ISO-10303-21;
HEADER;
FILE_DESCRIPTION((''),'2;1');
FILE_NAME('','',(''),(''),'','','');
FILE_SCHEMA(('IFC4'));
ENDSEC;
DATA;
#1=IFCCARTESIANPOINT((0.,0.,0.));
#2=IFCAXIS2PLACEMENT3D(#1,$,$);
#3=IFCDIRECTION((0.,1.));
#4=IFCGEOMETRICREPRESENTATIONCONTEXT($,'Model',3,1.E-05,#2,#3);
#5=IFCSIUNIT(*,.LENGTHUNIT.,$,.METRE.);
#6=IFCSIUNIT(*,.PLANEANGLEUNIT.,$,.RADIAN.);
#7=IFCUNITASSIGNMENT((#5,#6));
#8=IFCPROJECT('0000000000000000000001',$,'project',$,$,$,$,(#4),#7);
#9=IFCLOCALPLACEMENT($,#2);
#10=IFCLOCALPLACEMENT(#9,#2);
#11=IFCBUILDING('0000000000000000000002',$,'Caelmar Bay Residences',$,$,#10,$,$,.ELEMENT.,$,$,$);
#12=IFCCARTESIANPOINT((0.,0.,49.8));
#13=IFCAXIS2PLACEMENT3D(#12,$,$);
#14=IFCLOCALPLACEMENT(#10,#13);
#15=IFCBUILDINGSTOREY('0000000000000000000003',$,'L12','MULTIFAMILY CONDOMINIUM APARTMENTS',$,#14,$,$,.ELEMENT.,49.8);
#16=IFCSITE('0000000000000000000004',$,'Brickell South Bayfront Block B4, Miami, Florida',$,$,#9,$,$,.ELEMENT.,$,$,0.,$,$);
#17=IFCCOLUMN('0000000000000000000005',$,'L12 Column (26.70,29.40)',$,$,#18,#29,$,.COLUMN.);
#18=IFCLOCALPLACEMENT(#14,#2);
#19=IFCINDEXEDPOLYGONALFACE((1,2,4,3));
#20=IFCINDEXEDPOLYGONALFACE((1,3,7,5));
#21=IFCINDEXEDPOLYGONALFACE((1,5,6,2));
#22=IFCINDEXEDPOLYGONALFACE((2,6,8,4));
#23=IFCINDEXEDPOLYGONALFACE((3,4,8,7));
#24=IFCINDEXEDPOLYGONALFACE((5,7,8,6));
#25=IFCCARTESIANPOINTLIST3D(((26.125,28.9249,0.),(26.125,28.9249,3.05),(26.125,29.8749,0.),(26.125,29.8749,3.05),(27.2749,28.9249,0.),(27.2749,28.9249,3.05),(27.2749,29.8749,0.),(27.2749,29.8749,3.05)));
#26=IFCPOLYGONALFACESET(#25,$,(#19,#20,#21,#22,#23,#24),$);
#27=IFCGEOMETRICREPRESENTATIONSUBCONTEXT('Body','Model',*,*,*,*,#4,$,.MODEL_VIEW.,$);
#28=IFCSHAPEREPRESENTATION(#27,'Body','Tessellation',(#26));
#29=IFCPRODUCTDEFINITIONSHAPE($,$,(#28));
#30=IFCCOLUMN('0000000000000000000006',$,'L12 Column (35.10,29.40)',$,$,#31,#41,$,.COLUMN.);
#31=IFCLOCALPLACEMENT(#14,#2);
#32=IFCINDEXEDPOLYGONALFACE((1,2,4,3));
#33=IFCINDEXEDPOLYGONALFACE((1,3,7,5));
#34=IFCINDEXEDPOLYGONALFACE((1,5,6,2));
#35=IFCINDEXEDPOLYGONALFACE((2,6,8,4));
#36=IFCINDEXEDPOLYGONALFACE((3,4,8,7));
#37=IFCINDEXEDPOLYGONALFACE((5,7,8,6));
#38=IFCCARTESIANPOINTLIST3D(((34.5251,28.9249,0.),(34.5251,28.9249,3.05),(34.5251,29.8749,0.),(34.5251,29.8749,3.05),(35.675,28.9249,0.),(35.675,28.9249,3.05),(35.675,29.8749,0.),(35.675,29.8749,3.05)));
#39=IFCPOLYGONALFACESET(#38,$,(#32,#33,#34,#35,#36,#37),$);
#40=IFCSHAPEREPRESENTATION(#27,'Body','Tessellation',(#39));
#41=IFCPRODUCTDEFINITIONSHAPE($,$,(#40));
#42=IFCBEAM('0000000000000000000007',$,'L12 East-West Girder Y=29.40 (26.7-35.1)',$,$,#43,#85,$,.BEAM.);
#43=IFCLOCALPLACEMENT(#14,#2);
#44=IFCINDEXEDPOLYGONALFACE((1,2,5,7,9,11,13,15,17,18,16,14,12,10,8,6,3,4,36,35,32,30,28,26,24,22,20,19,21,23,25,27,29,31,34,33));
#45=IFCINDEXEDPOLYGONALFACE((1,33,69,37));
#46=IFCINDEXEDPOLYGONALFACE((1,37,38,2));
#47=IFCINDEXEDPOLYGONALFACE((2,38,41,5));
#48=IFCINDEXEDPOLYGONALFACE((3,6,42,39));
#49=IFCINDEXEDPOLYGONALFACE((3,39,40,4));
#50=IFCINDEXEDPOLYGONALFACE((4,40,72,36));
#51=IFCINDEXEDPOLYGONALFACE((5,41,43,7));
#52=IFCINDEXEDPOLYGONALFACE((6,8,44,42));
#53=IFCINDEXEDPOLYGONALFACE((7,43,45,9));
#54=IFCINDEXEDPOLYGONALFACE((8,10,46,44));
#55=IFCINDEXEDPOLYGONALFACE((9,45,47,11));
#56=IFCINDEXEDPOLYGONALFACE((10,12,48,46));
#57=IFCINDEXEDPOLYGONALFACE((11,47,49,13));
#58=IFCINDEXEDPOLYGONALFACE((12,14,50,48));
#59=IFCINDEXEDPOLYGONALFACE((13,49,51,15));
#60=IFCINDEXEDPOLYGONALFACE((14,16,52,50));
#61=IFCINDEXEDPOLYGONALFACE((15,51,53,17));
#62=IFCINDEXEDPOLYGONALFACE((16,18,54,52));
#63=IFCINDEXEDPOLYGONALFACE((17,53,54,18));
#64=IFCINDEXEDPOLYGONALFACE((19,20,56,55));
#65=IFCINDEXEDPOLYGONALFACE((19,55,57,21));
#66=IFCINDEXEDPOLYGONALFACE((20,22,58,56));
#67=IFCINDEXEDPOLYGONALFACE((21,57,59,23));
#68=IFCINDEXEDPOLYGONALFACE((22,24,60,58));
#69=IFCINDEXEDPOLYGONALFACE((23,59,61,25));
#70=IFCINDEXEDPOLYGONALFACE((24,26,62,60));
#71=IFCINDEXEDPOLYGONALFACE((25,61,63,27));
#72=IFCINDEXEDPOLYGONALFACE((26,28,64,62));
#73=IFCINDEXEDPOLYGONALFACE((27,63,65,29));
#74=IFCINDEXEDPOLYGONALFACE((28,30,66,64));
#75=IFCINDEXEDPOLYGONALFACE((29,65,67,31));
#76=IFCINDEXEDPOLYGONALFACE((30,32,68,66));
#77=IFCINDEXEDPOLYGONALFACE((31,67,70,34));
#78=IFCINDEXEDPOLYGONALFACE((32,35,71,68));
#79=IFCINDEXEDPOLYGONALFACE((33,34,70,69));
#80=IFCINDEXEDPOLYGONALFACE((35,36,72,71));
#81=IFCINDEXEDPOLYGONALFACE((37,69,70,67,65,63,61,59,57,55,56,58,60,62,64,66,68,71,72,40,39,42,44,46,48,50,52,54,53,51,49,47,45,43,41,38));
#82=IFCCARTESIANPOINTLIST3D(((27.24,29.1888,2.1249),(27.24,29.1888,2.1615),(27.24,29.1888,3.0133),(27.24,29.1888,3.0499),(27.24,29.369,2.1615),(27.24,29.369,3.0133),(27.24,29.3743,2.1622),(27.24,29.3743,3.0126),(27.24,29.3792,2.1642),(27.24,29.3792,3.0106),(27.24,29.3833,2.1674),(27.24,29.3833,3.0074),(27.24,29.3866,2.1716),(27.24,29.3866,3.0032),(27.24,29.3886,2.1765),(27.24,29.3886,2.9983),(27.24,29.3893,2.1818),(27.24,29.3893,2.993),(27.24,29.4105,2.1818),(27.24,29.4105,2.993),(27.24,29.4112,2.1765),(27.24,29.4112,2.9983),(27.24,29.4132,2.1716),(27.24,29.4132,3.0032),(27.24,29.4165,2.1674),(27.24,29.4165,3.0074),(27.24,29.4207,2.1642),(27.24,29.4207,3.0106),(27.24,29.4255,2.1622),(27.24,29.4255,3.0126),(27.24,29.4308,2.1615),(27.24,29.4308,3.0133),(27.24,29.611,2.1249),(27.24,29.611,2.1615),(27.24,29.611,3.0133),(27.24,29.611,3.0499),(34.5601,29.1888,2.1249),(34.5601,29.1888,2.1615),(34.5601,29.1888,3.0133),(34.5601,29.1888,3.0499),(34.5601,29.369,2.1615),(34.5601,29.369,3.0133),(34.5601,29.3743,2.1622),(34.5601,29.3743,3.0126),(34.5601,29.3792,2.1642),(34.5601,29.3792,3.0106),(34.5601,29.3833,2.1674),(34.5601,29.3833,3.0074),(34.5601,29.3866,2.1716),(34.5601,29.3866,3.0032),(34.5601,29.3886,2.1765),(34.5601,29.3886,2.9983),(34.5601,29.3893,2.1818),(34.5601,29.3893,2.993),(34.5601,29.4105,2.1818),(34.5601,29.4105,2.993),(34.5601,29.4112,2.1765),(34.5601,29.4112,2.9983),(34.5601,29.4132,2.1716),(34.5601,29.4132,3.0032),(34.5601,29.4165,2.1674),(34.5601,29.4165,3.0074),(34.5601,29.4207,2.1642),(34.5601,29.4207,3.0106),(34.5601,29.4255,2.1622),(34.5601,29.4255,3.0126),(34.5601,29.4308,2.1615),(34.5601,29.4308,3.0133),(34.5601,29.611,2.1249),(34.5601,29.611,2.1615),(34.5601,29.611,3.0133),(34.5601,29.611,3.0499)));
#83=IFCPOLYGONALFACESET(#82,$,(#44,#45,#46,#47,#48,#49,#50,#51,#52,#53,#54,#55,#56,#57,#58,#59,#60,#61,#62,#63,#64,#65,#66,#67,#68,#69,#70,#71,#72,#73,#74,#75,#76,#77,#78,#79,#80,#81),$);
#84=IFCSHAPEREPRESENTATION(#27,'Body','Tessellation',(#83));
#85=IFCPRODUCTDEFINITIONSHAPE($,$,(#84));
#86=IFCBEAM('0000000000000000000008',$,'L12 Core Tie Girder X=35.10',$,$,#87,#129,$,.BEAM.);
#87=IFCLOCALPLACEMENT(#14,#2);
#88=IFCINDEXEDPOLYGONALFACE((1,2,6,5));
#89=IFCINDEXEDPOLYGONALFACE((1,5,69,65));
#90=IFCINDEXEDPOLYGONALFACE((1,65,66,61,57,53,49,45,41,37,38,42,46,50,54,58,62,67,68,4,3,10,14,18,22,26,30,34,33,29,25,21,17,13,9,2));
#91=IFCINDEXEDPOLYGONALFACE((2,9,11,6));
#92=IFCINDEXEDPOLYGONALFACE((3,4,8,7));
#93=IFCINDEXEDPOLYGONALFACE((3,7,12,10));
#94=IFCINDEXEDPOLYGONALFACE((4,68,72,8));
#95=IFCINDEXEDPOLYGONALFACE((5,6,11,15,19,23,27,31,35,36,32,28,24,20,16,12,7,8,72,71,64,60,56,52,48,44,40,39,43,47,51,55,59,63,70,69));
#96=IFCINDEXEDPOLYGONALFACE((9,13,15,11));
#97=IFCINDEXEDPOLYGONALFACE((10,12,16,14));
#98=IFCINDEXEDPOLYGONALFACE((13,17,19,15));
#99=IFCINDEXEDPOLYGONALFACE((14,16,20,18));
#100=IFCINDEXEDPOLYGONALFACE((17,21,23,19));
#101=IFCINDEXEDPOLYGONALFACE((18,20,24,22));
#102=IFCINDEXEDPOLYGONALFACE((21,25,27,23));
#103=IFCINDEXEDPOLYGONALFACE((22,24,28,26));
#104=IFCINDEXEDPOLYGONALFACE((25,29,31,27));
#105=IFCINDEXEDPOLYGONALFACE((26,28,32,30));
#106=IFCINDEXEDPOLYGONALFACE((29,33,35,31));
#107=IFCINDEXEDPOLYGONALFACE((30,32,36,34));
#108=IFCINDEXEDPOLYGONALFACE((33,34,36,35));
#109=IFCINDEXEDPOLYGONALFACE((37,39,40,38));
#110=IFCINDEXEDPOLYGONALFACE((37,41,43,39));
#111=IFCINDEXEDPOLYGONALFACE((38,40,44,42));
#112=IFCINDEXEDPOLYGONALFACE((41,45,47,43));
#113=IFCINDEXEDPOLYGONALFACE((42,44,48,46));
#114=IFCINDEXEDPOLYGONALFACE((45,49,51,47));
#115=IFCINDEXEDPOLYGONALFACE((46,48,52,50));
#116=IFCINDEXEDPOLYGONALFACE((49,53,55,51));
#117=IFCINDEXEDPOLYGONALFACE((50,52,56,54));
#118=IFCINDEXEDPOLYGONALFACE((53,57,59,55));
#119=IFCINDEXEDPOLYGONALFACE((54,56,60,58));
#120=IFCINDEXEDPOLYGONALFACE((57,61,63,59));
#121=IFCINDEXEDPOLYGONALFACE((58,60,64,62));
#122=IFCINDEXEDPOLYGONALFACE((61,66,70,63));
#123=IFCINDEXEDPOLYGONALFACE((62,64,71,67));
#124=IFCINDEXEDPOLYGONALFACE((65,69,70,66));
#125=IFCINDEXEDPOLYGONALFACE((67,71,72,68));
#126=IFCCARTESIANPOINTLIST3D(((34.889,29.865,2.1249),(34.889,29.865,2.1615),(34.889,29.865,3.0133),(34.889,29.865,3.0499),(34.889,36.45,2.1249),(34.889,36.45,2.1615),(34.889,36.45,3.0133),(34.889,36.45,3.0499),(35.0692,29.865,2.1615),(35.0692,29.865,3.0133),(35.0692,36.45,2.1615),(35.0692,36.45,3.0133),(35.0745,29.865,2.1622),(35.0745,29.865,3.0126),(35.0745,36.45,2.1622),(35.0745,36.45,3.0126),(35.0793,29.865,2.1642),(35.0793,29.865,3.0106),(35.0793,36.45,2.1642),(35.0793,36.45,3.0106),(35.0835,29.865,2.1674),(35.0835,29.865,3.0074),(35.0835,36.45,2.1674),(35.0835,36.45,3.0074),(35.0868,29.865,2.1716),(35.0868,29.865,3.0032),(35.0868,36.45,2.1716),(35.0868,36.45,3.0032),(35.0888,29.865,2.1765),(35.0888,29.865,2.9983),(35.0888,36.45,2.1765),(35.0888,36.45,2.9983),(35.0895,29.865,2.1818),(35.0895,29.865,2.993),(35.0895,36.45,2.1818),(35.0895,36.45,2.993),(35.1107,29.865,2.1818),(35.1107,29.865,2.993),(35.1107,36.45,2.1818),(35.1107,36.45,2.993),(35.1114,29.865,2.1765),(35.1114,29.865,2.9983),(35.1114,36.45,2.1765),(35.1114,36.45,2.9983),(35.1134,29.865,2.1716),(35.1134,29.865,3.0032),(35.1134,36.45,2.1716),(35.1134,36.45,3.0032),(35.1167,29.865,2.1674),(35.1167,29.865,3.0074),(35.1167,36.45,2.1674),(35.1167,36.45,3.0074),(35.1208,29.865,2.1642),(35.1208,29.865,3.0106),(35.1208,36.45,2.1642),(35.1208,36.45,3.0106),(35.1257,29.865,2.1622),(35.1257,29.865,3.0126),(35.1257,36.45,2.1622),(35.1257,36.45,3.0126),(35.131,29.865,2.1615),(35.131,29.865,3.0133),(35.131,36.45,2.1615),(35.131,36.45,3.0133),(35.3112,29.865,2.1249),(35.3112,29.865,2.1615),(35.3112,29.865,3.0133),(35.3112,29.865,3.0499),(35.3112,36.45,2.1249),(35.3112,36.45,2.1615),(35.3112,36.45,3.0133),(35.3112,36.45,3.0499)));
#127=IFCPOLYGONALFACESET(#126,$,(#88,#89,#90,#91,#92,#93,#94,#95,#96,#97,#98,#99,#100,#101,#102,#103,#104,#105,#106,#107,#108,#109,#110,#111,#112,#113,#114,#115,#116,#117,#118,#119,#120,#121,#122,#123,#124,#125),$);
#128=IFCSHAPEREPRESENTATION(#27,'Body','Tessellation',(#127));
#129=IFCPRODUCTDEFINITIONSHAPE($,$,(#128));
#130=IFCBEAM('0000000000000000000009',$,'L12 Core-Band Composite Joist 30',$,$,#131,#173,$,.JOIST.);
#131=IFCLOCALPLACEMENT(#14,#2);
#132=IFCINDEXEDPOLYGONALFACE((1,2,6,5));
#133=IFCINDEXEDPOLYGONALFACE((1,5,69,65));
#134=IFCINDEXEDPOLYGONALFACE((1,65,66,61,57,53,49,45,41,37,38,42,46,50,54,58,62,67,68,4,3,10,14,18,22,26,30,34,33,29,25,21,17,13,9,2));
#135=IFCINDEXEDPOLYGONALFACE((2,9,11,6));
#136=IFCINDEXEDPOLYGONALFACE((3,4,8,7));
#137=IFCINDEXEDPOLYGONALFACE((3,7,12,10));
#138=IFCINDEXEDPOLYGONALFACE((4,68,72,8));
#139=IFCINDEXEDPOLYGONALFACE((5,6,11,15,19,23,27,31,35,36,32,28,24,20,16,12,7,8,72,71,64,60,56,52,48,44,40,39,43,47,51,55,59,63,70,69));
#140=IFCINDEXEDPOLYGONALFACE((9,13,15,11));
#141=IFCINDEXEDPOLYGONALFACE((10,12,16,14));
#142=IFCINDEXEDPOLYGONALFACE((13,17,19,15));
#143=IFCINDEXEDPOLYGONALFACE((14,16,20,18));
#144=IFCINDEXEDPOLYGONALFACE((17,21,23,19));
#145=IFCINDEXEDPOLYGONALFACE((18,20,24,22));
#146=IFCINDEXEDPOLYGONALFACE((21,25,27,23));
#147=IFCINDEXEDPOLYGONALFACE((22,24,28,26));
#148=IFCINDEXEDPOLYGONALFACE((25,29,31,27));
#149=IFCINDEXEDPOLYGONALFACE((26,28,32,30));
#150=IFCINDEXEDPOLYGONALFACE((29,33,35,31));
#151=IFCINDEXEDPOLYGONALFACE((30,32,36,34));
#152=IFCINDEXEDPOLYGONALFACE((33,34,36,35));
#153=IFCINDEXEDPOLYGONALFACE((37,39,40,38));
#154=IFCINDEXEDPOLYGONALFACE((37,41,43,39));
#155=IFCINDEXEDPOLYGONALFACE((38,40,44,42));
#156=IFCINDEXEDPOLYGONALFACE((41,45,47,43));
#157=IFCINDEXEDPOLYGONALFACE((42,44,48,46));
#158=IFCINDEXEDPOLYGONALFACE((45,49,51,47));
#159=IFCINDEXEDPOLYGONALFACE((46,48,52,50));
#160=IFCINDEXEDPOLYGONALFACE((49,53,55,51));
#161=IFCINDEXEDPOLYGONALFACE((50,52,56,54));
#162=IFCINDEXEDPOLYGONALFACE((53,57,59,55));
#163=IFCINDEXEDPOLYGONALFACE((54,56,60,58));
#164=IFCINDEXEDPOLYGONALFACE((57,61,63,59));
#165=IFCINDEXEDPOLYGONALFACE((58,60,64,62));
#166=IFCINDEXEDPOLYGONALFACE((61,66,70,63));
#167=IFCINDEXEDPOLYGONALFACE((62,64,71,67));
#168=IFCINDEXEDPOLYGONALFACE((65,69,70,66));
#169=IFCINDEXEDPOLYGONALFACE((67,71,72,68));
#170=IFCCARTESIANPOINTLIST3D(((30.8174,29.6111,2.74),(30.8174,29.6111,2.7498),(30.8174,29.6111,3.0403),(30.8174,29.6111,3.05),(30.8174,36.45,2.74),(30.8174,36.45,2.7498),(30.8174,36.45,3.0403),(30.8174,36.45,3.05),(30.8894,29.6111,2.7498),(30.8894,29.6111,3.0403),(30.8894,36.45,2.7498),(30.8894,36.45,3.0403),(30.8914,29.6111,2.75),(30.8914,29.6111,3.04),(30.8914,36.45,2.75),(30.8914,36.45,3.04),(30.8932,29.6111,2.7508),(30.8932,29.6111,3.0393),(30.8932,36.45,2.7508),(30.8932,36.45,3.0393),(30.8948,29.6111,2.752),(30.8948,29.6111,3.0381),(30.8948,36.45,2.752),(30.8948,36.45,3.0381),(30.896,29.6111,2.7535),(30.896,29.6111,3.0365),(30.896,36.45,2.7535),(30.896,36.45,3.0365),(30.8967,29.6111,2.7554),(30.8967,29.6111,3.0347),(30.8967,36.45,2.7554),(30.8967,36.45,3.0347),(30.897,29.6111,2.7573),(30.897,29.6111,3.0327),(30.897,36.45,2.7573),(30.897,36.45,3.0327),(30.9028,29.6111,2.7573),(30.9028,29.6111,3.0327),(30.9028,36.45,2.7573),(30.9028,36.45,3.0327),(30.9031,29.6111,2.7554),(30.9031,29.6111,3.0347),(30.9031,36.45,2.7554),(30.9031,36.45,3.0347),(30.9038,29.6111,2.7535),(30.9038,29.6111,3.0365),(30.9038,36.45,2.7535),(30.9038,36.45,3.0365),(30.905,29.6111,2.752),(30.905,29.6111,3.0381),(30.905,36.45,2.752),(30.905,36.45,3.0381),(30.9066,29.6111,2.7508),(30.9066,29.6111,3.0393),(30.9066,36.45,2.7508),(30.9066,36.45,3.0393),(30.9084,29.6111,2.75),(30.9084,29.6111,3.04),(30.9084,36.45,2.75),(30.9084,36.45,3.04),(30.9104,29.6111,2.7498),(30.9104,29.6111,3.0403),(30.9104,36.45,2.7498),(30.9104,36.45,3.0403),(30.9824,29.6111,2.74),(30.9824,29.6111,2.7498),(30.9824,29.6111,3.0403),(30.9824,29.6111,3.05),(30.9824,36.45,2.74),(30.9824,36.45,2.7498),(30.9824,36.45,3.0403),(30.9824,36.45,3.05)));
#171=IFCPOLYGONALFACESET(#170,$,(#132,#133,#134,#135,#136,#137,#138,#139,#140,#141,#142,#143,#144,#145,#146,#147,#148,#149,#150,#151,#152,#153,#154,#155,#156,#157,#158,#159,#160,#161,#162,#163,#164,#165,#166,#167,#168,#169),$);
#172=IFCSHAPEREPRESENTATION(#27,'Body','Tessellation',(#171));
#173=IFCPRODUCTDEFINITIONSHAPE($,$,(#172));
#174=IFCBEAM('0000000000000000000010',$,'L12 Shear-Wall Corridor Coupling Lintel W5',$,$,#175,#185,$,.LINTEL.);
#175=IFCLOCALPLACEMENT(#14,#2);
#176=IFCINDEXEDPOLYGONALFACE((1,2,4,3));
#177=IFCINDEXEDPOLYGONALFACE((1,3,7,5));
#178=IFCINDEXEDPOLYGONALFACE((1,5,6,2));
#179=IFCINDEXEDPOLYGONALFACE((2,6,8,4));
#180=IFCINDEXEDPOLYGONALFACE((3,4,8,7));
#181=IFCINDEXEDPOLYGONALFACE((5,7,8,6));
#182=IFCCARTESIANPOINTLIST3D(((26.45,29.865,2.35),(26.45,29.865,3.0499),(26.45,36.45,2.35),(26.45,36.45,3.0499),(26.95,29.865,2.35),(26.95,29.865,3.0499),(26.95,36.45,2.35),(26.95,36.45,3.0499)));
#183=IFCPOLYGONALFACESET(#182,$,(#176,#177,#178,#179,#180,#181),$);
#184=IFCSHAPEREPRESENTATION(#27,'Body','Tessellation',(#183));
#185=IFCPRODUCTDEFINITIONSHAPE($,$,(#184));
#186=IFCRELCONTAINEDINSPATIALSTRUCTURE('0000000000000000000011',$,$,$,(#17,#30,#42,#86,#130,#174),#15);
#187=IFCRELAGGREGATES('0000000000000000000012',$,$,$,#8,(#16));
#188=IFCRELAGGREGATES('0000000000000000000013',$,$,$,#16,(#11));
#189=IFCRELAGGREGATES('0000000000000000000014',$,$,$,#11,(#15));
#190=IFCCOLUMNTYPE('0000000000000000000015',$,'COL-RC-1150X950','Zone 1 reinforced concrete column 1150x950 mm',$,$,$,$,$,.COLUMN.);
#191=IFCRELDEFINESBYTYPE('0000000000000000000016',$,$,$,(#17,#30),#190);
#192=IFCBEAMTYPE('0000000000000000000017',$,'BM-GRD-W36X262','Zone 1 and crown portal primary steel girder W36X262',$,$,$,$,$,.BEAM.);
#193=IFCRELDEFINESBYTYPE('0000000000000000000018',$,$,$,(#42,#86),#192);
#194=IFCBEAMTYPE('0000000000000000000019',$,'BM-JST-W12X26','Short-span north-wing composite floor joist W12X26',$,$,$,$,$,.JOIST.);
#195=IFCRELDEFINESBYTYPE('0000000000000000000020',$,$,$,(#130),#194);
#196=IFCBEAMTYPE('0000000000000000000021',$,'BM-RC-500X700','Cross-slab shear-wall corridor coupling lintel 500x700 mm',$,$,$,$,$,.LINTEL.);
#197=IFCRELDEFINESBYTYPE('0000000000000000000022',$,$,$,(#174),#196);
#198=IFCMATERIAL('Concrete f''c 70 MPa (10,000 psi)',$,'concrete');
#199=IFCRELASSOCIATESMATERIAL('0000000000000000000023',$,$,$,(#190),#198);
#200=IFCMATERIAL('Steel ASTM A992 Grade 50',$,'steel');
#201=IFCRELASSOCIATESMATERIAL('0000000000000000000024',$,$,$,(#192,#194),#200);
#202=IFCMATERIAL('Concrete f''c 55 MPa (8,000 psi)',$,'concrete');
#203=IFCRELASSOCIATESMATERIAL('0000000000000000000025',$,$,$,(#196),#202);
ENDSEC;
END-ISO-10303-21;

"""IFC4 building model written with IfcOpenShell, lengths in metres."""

from ifc_helpers import new_model, si_unit, direction, frame, origin, origin_2d, place, context, subcontext, project, spatial, rectangle, i_section, extrude, material, material_profile, profile_set, type_object, element, save


model = new_model("IFC4")

# Units and contexts
model_context = context("Model", 3, precision=1e-05, world=origin(), true_north=direction((0.0, 1.0)))
body_context = subcontext(model_context, "Body", "Model", "MODEL_VIEW")
ifc_project = project(units=[si_unit("LENGTHUNIT", "METRE"), si_unit("PLANEANGLEUNIT", "RADIAN")], contexts=[model_context])

# Site, building, storey
site_placement = place(None, origin())
site = spatial("IfcSite", under=ifc_project, at=site_placement, Name="Brickell South Bayfront Block B4, Miami, Florida", CompositionType="ELEMENT", RefElevation=0.0)
building_placement = place(site_placement, origin())
building = spatial("IfcBuilding", under=site, at=building_placement, Name="Caelmar Bay Residences", CompositionType="ELEMENT")
storey_placement = place(building_placement, frame((0.0, 0.0, 49.8)))
storey = spatial("IfcBuildingStorey", under=building, at=storey_placement, Name="L12", Description="MULTIFAMILY CONDOMINIUM APARTMENTS", CompositionType="ELEMENT", Elevation=49.8)

# Columns
ifc_material_1 = material(Name="Concrete f'c 70 MPa (10,000 psi)", Category="concrete")
ifc_material_profile_1 = material_profile(ifc_material_1, rectangle(XDim=1.1499, YDim=0.95, at=origin_2d()), Name="RC-COL-1150X950")
ifc_profile_set_1 = profile_set([ifc_material_profile_1], Name="Concrete f'c 70 MPa (10,000 psi)")
column_type = type_object("IfcColumnType", Name="COL-RC-1150X950", Description="Zone 1 reinforced concrete column 1150x950 mm", PredefinedType="COLUMN", material=ifc_profile_set_1)
for number, where, z_axis, x_axis, name in (
    (1, (26.7, 29.3999, 0.0), (0.0, 0.0, 1.0), (1.0, 0.0, 0.0), "L12 Column (26.70,29.40)"),
    (2, (35.1001, 29.3999, 0.0), (0.0, 0.0, 1.0), (1.0, 0.0, 0.0), "L12 Column (35.10,29.40)"),
):
    element("IfcColumn", number, at=place(storey_placement, frame(where, z_axis=z_axis, x_axis=x_axis)), inside=storey, type_object=column_type, Name=name, PredefinedType="COLUMN", context=body_context, shape_type="SweptSolid", body=[
        extrude(rectangle(XDim=1.1499, YDim=0.95, at=origin_2d()), origin(), (0.0, 0.0, 1.0), 3.05),
    ])

# Beams
ifc_material_2 = material(Name="Steel ASTM A992 Grade 50", Category="steel")
ifc_material_profile_2 = material_profile(ifc_material_2, i_section(OverallWidth=0.4221, OverallDepth=0.925, WebThickness=0.0212, FlangeThickness=0.0366, FilletRadius=0.0203, at=origin_2d()), Name="W36X262")
ifc_profile_set_2 = profile_set([ifc_material_profile_2], Name="Steel ASTM A992 Grade 50")
beam_type_1 = type_object("IfcBeamType", Name="BM-GRD-W36X262", Description="Zone 1 and crown portal primary steel girder W36X262", PredefinedType="BEAM", material=ifc_profile_set_2)
beam_1_placement = place(storey_placement, frame((27.24, 29.3999, 2.5874), z_axis=(1.0, 0.0, 0.0), x_axis=(0.0, 1.0, 0.0)))
element("IfcBeam", 3, at=beam_1_placement, inside=storey, type_object=beam_type_1, Name="L12 East-West Girder Y=29.40 (26.7-35.1)", PredefinedType="BEAM", context=body_context, shape_type="SweptSolid", body=[
    extrude(i_section(OverallWidth=0.4221, OverallDepth=0.925, WebThickness=0.0212, FlangeThickness=0.0366, FilletRadius=0.0203, at=origin_2d()), origin(), (0.0, 0.0, 1.0), 7.3201),
])
beam_2_placement = place(storey_placement, frame((35.1001, 29.865, 2.5874), z_axis=(0.0, 1.0, 0.0), x_axis=(-1.0, 0.0, 0.0)))
element("IfcBeam", 4, at=beam_2_placement, inside=storey, type_object=beam_type_1, Name="L12 Core Tie Girder X=35.10", PredefinedType="BEAM", context=body_context, shape_type="SweptSolid", body=[
    extrude(i_section(OverallWidth=0.4221, OverallDepth=0.925, WebThickness=0.0212, FlangeThickness=0.0366, FilletRadius=0.0203, at=origin_2d()), origin(), (0.0, 0.0, 1.0), 6.585),
])
ifc_material_profile_3 = material_profile(ifc_material_2, i_section(OverallWidth=0.165, OverallDepth=0.3101, WebThickness=0.0059, FlangeThickness=0.0098, FilletRadius=0.0076, at=origin_2d()), Name="W12X26")
ifc_profile_set_3 = profile_set([ifc_material_profile_3], Name="Steel ASTM A992 Grade 50")
beam_type_2 = type_object("IfcBeamType", Name="BM-JST-W12X26", Description="Short-span north-wing composite floor joist W12X26", PredefinedType="JOIST", material=ifc_profile_set_3)
beam_3_placement = place(storey_placement, frame((30.8999, 29.6111, 2.895), z_axis=(0.0, 1.0, 0.0), x_axis=(-1.0, 0.0, 0.0)))
element("IfcBeam", 5, at=beam_3_placement, inside=storey, type_object=beam_type_2, Name="L12 Core-Band Composite Joist 30", PredefinedType="JOIST", context=body_context, shape_type="SweptSolid", body=[
    extrude(i_section(OverallWidth=0.165, OverallDepth=0.3101, WebThickness=0.0059, FlangeThickness=0.0098, FilletRadius=0.0076, at=origin_2d()), origin(), (0.0, 0.0, 1.0), 6.8389),
])
ifc_material_3 = material(Name="Concrete f'c 55 MPa (8,000 psi)", Category="concrete")
ifc_material_profile_4 = material_profile(ifc_material_3, rectangle(XDim=0.5, YDim=0.7, at=origin_2d()), Name="RC-BM-500X700")
ifc_profile_set_4 = profile_set([ifc_material_profile_4], Name="Concrete f'c 55 MPa (8,000 psi)")
beam_type_3 = type_object("IfcBeamType", Name="BM-RC-500X700", Description="Cross-slab shear-wall corridor coupling lintel 500x700 mm", PredefinedType="LINTEL", material=ifc_profile_set_4)
beam_4_placement = place(storey_placement, frame((26.7, 29.865, 2.7), z_axis=(0.0, 1.0, 0.0), x_axis=(-1.0, 0.0, 0.0)))
element("IfcBeam", 6, at=beam_4_placement, inside=storey, type_object=beam_type_3, Name="L12 Shear-Wall Corridor Coupling Lintel W5", PredefinedType="LINTEL", context=body_context, shape_type="SweptSolid", body=[
    extrude(rectangle(XDim=0.5, YDim=0.7, at=origin_2d()), origin(), (0.0, 0.0, 1.0), 6.585),
])

save(model, "model.ifc")
